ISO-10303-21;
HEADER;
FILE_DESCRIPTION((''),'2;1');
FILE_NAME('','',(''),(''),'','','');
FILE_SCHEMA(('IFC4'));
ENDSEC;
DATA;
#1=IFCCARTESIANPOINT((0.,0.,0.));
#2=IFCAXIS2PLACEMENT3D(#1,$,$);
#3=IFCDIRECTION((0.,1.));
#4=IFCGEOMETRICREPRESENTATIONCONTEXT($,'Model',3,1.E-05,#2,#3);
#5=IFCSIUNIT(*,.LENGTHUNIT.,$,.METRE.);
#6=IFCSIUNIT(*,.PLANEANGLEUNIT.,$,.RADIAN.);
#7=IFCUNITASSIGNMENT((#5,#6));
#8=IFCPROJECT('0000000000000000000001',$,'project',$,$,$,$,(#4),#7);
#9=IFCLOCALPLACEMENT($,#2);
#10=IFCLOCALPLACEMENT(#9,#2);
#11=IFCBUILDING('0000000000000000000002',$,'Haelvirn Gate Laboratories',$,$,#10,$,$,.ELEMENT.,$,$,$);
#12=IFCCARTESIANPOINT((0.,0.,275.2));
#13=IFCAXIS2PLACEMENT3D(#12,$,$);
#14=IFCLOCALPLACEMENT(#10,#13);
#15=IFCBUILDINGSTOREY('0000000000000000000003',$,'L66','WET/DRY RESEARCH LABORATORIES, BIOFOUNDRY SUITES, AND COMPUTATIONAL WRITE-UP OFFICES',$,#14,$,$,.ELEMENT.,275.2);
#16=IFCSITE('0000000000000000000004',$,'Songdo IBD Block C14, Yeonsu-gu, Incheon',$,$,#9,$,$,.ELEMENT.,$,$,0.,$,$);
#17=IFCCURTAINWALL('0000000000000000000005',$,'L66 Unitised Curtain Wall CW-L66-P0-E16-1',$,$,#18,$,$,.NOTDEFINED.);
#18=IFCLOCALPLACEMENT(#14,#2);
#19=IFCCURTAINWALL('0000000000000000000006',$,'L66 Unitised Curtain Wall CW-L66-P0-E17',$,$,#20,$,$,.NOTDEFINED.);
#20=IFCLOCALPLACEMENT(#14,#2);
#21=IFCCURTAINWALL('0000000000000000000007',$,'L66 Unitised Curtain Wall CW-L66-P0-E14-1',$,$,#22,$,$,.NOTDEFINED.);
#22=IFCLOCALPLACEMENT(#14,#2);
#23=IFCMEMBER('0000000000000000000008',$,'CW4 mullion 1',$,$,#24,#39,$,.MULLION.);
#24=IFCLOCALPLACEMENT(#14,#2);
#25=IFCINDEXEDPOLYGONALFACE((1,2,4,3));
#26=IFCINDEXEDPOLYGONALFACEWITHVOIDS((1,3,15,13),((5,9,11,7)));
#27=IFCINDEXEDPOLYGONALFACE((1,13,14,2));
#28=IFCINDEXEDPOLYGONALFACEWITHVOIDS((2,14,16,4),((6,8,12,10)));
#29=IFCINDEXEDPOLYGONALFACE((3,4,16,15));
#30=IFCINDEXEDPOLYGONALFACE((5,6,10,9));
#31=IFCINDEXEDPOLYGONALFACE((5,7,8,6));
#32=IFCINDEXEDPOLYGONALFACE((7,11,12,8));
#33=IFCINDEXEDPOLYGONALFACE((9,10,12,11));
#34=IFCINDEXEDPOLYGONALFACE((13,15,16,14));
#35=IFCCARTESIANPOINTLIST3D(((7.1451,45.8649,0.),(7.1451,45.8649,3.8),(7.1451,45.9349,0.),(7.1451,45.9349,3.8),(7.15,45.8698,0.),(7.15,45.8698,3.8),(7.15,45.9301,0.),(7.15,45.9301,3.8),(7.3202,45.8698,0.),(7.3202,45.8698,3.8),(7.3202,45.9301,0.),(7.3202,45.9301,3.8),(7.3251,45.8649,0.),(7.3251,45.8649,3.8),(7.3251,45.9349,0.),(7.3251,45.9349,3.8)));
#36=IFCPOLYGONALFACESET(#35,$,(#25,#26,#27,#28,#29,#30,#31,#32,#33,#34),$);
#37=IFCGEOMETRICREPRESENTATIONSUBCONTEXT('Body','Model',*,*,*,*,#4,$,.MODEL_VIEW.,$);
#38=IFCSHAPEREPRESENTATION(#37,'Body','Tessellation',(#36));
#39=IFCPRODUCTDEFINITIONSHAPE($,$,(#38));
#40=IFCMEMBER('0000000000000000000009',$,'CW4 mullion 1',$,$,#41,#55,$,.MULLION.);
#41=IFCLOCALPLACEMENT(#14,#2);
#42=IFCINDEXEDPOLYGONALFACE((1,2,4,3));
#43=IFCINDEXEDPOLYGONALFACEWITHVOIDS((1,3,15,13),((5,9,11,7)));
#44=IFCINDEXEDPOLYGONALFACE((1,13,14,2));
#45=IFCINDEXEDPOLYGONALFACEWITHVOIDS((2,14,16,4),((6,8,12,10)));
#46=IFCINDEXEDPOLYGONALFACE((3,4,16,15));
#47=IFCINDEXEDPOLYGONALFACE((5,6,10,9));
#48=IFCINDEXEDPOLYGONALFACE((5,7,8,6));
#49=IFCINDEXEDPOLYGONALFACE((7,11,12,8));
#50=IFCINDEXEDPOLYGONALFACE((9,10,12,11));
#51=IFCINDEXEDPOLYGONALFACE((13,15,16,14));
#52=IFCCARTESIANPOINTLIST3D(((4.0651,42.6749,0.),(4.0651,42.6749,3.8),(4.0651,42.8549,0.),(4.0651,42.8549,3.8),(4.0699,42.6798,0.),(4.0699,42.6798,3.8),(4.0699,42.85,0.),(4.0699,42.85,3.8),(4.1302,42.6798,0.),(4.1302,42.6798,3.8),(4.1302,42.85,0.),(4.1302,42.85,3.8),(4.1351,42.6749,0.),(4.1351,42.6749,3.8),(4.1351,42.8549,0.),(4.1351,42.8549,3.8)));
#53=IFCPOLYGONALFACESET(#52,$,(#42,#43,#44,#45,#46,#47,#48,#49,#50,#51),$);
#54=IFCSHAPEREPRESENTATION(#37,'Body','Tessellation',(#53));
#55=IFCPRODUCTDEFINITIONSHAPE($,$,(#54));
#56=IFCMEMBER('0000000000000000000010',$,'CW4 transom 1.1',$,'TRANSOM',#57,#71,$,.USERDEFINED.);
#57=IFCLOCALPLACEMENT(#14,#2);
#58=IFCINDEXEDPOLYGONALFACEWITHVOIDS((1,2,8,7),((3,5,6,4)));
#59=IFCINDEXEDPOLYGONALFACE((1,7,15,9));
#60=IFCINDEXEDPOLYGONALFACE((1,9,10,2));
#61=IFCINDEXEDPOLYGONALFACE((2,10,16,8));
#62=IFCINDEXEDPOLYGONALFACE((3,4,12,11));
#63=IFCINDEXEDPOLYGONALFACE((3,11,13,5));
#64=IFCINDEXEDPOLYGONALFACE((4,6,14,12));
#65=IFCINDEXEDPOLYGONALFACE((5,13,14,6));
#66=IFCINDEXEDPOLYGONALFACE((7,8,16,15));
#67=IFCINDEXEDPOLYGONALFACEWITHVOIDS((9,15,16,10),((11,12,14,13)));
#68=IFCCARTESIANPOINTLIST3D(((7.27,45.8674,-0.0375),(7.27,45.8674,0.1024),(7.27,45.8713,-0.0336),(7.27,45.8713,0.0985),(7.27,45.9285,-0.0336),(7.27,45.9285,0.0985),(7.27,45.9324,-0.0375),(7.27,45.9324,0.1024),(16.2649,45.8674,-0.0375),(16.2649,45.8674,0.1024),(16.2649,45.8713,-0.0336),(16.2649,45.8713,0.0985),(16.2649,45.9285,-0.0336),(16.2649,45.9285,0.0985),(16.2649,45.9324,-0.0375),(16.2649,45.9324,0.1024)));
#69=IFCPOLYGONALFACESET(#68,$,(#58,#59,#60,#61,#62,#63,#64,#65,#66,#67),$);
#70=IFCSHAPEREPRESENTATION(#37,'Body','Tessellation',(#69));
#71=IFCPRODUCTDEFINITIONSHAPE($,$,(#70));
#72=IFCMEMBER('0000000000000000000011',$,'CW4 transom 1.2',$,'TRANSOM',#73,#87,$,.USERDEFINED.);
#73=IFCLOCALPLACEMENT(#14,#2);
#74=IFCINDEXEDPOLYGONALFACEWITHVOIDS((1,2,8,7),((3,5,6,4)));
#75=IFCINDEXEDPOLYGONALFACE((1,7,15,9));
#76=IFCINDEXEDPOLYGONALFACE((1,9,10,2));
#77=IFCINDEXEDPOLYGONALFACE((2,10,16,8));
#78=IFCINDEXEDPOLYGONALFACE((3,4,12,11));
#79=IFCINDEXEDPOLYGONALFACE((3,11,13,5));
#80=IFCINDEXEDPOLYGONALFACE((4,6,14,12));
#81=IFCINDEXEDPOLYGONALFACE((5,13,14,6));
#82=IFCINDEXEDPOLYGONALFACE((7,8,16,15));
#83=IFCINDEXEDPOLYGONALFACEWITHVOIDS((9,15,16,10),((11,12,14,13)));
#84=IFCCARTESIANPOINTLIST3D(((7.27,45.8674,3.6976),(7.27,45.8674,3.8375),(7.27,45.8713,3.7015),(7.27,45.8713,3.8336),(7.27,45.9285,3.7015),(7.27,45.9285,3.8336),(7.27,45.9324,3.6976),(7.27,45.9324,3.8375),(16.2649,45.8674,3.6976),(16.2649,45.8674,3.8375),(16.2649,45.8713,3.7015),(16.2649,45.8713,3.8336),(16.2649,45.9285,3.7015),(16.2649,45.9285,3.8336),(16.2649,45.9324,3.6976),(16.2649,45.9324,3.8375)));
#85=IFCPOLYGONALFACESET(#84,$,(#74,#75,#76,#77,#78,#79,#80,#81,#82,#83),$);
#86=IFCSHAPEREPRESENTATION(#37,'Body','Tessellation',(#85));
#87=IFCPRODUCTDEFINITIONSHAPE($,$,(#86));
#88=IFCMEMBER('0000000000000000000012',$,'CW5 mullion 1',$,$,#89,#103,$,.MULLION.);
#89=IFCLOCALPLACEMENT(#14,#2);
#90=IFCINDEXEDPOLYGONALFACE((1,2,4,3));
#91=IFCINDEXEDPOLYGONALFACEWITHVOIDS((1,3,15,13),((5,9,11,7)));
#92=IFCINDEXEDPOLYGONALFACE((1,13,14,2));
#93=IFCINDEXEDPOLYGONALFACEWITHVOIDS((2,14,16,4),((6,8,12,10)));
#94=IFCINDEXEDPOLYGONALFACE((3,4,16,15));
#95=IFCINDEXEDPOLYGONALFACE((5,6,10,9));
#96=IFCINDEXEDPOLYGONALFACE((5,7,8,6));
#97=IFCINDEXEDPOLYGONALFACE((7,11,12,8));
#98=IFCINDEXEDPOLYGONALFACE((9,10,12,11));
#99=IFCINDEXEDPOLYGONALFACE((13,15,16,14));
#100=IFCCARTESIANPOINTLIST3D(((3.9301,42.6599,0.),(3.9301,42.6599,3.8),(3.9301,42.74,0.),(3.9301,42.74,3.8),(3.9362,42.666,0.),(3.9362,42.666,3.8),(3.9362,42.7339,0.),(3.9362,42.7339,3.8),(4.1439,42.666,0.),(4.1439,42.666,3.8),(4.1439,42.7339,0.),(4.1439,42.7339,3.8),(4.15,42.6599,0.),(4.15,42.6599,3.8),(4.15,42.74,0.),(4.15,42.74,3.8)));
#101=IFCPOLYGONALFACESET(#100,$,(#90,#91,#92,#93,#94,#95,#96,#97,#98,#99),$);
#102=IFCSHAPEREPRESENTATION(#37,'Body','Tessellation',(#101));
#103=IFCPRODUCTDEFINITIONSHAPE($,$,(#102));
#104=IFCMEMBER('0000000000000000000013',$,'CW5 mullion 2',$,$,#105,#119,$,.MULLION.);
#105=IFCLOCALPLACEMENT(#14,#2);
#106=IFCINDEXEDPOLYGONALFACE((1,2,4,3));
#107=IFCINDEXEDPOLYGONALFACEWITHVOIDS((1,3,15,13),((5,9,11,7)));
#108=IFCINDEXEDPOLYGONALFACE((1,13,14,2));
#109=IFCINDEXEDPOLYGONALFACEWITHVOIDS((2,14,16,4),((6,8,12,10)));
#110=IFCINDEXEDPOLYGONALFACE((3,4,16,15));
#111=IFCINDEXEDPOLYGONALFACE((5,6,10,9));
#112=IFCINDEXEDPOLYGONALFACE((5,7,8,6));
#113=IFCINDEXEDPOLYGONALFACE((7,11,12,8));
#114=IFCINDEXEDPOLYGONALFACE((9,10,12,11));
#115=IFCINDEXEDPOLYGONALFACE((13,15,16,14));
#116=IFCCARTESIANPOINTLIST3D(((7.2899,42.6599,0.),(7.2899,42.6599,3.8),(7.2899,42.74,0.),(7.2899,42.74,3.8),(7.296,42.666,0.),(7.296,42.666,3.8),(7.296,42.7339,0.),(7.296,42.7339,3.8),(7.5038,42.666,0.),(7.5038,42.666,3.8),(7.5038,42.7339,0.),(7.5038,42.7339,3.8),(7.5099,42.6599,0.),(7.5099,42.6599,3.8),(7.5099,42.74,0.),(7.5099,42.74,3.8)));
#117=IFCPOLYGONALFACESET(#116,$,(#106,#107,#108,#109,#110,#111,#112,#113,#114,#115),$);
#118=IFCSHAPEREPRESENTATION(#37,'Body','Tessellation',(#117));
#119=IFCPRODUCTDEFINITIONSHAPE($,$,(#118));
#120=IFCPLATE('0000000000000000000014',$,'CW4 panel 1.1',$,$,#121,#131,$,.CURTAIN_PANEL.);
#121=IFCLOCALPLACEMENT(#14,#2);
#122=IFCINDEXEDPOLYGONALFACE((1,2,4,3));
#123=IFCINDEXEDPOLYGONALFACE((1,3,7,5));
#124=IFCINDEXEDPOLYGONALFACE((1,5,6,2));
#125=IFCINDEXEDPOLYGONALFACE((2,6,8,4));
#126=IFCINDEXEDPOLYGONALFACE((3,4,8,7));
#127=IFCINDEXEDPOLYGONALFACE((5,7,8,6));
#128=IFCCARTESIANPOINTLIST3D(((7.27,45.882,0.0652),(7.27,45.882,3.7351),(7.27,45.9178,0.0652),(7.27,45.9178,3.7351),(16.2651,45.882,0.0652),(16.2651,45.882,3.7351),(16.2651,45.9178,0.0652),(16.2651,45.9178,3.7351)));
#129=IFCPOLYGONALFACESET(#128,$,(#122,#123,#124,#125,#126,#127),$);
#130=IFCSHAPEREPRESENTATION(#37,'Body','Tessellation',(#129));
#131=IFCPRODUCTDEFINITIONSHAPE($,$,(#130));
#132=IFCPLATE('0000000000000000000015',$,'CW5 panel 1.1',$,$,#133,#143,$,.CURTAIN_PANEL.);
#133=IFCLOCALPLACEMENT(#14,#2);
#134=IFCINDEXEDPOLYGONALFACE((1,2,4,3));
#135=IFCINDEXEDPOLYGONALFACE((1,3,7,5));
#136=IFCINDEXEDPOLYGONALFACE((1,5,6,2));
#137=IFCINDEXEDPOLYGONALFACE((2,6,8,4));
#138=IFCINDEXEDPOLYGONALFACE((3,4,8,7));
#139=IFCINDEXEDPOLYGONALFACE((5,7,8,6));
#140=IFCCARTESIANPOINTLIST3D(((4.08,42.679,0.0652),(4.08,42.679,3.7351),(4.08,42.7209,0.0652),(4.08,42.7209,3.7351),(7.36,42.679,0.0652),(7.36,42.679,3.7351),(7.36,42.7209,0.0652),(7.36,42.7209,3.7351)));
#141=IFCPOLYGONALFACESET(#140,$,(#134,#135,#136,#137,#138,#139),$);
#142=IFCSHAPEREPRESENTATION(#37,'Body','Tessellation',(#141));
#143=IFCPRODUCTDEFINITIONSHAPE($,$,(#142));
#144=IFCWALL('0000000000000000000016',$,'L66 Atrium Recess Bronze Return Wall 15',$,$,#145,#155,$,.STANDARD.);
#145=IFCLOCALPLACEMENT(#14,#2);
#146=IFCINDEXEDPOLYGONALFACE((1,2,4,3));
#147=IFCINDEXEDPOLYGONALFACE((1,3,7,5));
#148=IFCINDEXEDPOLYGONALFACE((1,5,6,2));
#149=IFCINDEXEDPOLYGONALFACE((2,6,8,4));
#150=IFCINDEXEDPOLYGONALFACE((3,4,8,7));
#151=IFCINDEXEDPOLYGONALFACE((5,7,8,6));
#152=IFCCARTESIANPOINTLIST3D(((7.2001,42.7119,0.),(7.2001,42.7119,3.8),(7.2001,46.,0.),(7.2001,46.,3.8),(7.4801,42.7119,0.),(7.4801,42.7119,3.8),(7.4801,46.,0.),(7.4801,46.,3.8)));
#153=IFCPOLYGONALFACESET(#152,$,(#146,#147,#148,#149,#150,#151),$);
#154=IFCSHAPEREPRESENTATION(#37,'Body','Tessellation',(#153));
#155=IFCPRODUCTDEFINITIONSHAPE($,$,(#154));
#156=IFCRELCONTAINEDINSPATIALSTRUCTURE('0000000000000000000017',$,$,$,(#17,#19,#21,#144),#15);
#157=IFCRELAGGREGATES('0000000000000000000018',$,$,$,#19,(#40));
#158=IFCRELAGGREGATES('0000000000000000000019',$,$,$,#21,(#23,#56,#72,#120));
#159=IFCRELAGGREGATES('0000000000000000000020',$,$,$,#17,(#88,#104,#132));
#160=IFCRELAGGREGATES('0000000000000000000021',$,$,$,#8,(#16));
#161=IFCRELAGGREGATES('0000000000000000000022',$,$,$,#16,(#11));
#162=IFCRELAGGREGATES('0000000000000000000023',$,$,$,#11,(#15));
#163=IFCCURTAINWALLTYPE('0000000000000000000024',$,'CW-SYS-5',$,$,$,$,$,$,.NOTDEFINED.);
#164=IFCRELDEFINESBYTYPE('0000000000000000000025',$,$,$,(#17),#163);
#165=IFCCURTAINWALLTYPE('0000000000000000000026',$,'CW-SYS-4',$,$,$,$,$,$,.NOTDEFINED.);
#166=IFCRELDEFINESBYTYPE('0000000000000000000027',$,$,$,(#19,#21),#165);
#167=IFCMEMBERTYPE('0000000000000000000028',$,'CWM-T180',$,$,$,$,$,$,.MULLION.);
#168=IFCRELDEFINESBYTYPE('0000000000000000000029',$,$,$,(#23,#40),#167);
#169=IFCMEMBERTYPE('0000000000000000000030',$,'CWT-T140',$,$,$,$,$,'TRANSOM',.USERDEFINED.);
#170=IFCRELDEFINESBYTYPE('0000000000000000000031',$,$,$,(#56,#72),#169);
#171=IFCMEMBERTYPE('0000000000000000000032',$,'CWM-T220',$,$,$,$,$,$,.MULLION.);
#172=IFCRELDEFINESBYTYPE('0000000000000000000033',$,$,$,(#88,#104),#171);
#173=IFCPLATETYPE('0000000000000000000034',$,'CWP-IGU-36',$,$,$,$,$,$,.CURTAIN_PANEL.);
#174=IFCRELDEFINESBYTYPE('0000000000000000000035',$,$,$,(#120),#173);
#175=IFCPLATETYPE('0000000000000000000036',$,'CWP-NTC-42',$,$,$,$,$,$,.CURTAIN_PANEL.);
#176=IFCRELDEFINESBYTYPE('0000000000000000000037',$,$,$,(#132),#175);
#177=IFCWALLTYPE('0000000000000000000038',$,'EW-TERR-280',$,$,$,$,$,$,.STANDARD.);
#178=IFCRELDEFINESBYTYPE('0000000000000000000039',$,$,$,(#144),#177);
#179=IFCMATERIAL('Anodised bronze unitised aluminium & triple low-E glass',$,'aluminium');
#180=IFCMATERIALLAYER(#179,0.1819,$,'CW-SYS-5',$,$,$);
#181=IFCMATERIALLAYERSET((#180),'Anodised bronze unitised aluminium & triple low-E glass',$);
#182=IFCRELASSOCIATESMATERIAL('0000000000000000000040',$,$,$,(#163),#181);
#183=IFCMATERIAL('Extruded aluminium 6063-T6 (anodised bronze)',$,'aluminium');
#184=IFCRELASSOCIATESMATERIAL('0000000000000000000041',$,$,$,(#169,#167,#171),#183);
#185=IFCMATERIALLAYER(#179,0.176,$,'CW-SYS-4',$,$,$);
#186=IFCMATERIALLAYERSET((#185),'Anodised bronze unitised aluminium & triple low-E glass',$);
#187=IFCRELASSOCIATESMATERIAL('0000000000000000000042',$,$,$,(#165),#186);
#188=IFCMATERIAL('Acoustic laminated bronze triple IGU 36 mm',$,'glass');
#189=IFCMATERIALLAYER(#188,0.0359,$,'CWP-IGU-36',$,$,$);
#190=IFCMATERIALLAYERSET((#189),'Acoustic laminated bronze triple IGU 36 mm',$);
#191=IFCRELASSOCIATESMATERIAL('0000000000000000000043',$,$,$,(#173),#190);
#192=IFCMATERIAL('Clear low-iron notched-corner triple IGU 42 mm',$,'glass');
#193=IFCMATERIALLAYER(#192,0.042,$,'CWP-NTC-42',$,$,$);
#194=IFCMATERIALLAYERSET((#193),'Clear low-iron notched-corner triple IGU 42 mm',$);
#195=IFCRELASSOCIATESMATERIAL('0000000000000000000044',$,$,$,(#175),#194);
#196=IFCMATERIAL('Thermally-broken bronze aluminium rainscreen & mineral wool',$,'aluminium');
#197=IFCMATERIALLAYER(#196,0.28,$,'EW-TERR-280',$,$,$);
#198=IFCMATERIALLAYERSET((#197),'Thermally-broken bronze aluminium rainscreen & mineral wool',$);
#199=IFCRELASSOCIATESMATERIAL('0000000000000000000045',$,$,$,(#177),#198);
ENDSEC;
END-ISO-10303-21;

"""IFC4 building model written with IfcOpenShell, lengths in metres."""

from ifc_helpers import new_model, si_unit, direction, frame, frame_2d, origin, origin_2d, place, context, subcontext, project, spatial, rectangle, hollow_rectangle, extrude, source, transform, mapped, material, layer, layer_set, material_profile, profile_set, type_object, type_shapes, element, aggregate, save


model = new_model("IFC4")

# Units and contexts
model_context = context("Model", 3, precision=1e-05, world=origin(), true_north=direction((0.0, 1.0)))
body_context = subcontext(model_context, "Body", "Model", "MODEL_VIEW")
ifc_project = project(units=[si_unit("LENGTHUNIT", "METRE"), si_unit("PLANEANGLEUNIT", "RADIAN")], contexts=[model_context])

# Site, building, storey
site_placement = place(None, origin())
site = spatial("IfcSite", under=ifc_project, at=site_placement, Name="Songdo IBD Block C14, Yeonsu-gu, Incheon", CompositionType="ELEMENT", RefElevation=0.0)
building_placement = place(site_placement, origin())
building = spatial("IfcBuilding", under=site, at=building_placement, Name="Haelvirn Gate Laboratories", CompositionType="ELEMENT")
storey_placement = place(building_placement, frame((0.0, 0.0, 275.2)))
storey = spatial("IfcBuildingStorey", under=building, at=storey_placement, Name="L66", Description="WET/DRY RESEARCH LABORATORIES, BIOFOUNDRY SUITES, AND COMPUTATIONAL WRITE-UP OFFICES", CompositionType="ELEMENT", Elevation=275.2)

# Curtain walls
ifc_material_1 = material(Name="Anodised bronze unitised aluminium & triple low-E glass", Category="aluminium")
ifc_layer_1 = layer(ifc_material_1, 0.1819, Name="CW-SYS-5")
ifc_layer_set_1 = layer_set([ifc_layer_1], Name="Anodised bronze unitised aluminium & triple low-E glass")
curtain_wall_type_1 = type_object("IfcCurtainWallType", Name="CW-SYS-5", PredefinedType="NOTDEFINED", material=ifc_layer_set_1)
curtain_wall_1_placement = place(storey_placement, origin())
curtain_wall_1 = element("IfcCurtainWall", 1, at=curtain_wall_1_placement, inside=storey, type_object=curtain_wall_type_1, Name="L66 Unitised Curtain Wall CW-L66-P0-E16-1", PredefinedType="NOTDEFINED")
ifc_material_2 = material(Name="Extruded aluminium 6063-T6 (anodised bronze)", Category="aluminium")
ifc_material_profile_1 = material_profile(ifc_material_2, hollow_rectangle(XDim=0.0649, YDim=0.1399, WallThickness=0.0039, at=origin_2d()), Name="CWT-140x65x4")
ifc_profile_set_1 = profile_set([ifc_material_profile_1], Name="Extruded aluminium 6063-T6 (anodised bronze)")
member_type_1 = type_object("IfcMemberType", Name="CWT-T140", ElementType="TRANSOM", PredefinedType="USERDEFINED", material=ifc_profile_set_1)
ifc_layer_2 = layer(ifc_material_1, 0.176, Name="CW-SYS-4")
ifc_layer_set_2 = layer_set([ifc_layer_2], Name="Anodised bronze unitised aluminium & triple low-E glass")
curtain_wall_type_2 = type_object("IfcCurtainWallType", Name="CW-SYS-4", PredefinedType="NOTDEFINED", material=ifc_layer_set_2)
curtain_wall_2_placement = place(storey_placement, origin())
curtain_wall_2 = element("IfcCurtainWall", 2, at=curtain_wall_2_placement, inside=storey, type_object=curtain_wall_type_2, Name="L66 Unitised Curtain Wall CW-L66-P0-E17", PredefinedType="NOTDEFINED")

# Curtain wall, member
curtain_wall_3_placement = place(storey_placement, origin())
curtain_wall_3 = element("IfcCurtainWall", 3, at=curtain_wall_3_placement, inside=storey, type_object=curtain_wall_type_2, Name="L66 Unitised Curtain Wall CW-L66-P0-E14-1", PredefinedType="NOTDEFINED")
ifc_material_profile_2 = material_profile(ifc_material_2, hollow_rectangle(XDim=0.0701, YDim=0.1799, WallThickness=0.0049, at=origin_2d()), Name="CWM-180x70x5")
ifc_profile_set_2 = profile_set([ifc_material_profile_2], Name="Extruded aluminium 6063-T6 (anodised bronze)")
member_type_2 = type_object("IfcMemberType", Name="CWM-T180", PredefinedType="MULLION", material=ifc_profile_set_2)
shared_shape_1 = source(origin(), body_context, "Body", "SweptSolid", [
    extrude(hollow_rectangle(XDim=0.0701, YDim=0.1799, WallThickness=0.0049, at=origin_2d()), origin(), (0.0, 0.0, 1.0), 3.8),
])
type_shapes(member_type_2, [shared_shape_1])
member_1_placement = place(storey_placement, frame((7.2351, 45.8999, 0.0), z_axis=(0.0, 0.0, 1.0), x_axis=(0.0, 1.0, 0.0)))
member_1 = element("IfcMember", 4, at=member_1_placement, type_object=member_type_2, Name="CW4 mullion 1", PredefinedType="MULLION", context=body_context, shape_type="MappedRepresentation", body=[
    mapped(shared_shape_1, transform((0.0, 0.0, 0.0), scale=1.0)),
])

# Members
member_2_placement = place(storey_placement, frame((4.1001, 42.7649, 0.0), z_axis=(0.0, 0.0, 1.0), x_axis=(1.0, 0.0, 0.0)))
member_2 = element("IfcMember", 5, at=member_2_placement, type_object=member_type_2, Name="CW4 mullion 1", PredefinedType="MULLION", context=body_context, shape_type="MappedRepresentation", body=[
    mapped(shared_shape_1, transform((0.0, 0.0, 0.0), scale=1.0)),
])
aggregate(curtain_wall_2, [member_2])
shared_shape_2 = source(origin(), body_context, "Body", "SweptSolid", [
    extrude(hollow_rectangle(XDim=0.0649, YDim=0.1399, WallThickness=0.0039, at=origin_2d()), origin(), (0.0, 0.0, 1.0), 8.9949),
])
member_3_placement = place(storey_placement, frame((7.27, 45.8999, 0.0325), z_axis=(1.0, 0.0, 0.0), x_axis=(0.0, 1.0, 0.0)))
member_3 = element("IfcMember", 6, at=member_3_placement, type_object=member_type_1, Name="CW4 transom 1.1", ObjectType="TRANSOM", PredefinedType="USERDEFINED", context=body_context, shape_type="MappedRepresentation", body=[
    mapped(shared_shape_2, transform((0.0, 0.0, 0.0), scale=1.0)),
])
member_4_placement = place(storey_placement, frame((7.27, 45.8999, 3.7676), z_axis=(1.0, 0.0, 0.0), x_axis=(0.0, 1.0, 0.0)))
member_4 = element("IfcMember", 7, at=member_4_placement, type_object=member_type_1, Name="CW4 transom 1.2", ObjectType="TRANSOM", PredefinedType="USERDEFINED", context=body_context, shape_type="MappedRepresentation", body=[
    mapped(shared_shape_2, transform((0.0, 0.0, 0.0), scale=1.0)),
])
ifc_material_profile_3 = material_profile(ifc_material_2, hollow_rectangle(XDim=0.0801, YDim=0.22, WallThickness=0.0061, at=origin_2d()), Name="CWM-220x80x6")
ifc_profile_set_3 = profile_set([ifc_material_profile_3], Name="Extruded aluminium 6063-T6 (anodised bronze)")
member_type_3 = type_object("IfcMemberType", Name="CWM-T220", PredefinedType="MULLION", material=ifc_profile_set_3)
shared_shape_3 = source(origin(), body_context, "Body", "SweptSolid", [
    extrude(hollow_rectangle(XDim=0.0801, YDim=0.22, WallThickness=0.0061, at=origin_2d()), origin(), (0.0, 0.0, 1.0), 3.8),
])
type_shapes(member_type_3, [shared_shape_3])
member_5_placement = place(storey_placement, frame((4.04, 42.7, 0.0), z_axis=(0.0, 0.0, 1.0), x_axis=(0.0, 1.0, 0.0)))
member_5 = element("IfcMember", 8, at=member_5_placement, type_object=member_type_3, Name="CW5 mullion 1", PredefinedType="MULLION", context=body_context, shape_type="MappedRepresentation", body=[
    mapped(shared_shape_3, transform((0.0, 0.0, 0.0), scale=1.0)),
])
member_6_placement = place(storey_placement, frame((7.3999, 42.7, 0.0), z_axis=(0.0, 0.0, 1.0), x_axis=(0.0, 1.0, 0.0)))
member_6 = element("IfcMember", 9, at=member_6_placement, type_object=member_type_3, Name="CW5 mullion 2", PredefinedType="MULLION", context=body_context, shape_type="MappedRepresentation", body=[
    mapped(shared_shape_3, transform((0.0, 0.0, 0.0), scale=1.0)),
])

# Plates
ifc_material_3 = material(Name="Acoustic laminated bronze triple IGU 36 mm", Category="glass")
ifc_layer_3 = layer(ifc_material_3, 0.0359, Name="CWP-IGU-36")
ifc_layer_set_3 = layer_set([ifc_layer_3], Name="Acoustic laminated bronze triple IGU 36 mm")
plate_type_1 = type_object("IfcPlateType", Name="CWP-IGU-36", PredefinedType="CURTAIN_PANEL", material=ifc_layer_set_3)
shared_shape_4 = source(origin(), body_context, "Body", "SweptSolid", [
    extrude(rectangle(XDim=8.9951, YDim=0.0359, at=origin_2d()), origin(), (0.0, 0.0, 1.0), 3.6699),
])
type_shapes(plate_type_1, [shared_shape_4])
plate_1_placement = place(storey_placement, frame((11.7676, 45.8999, 0.0652), z_axis=(0.0, 0.0, 1.0), x_axis=(1.0, 0.0, 0.0)))
plate_1 = element("IfcPlate", 10, at=plate_1_placement, type_object=plate_type_1, Name="CW4 panel 1.1", PredefinedType="CURTAIN_PANEL", context=body_context, shape_type="MappedRepresentation", body=[
    mapped(shared_shape_4, transform((0.0, 0.0, 0.0), scale=1.0)),
])
aggregate(curtain_wall_3, [member_1, member_3, member_4, plate_1])
ifc_material_4 = material(Name="Clear low-iron notched-corner triple IGU 42 mm", Category="glass")
ifc_layer_4 = layer(ifc_material_4, 0.042, Name="CWP-NTC-42")
ifc_layer_set_4 = layer_set([ifc_layer_4], Name="Clear low-iron notched-corner triple IGU 42 mm")
plate_type_2 = type_object("IfcPlateType", Name="CWP-NTC-42", PredefinedType="CURTAIN_PANEL", material=ifc_layer_set_4)
shared_shape_5 = source(origin(), body_context, "Body", "SweptSolid", [
    extrude(rectangle(XDim=3.28, YDim=0.042, at=origin_2d()), origin(), (0.0, 0.0, 1.0), 3.6699),
])
type_shapes(plate_type_2, [shared_shape_5])
plate_2_placement = place(storey_placement, frame((5.72, 42.7, 0.0652), z_axis=(0.0, 0.0, 1.0), x_axis=(1.0, 0.0, 0.0)))
plate_2 = element("IfcPlate", 11, at=plate_2_placement, type_object=plate_type_2, Name="CW5 panel 1.1", PredefinedType="CURTAIN_PANEL", context=body_context, shape_type="MappedRepresentation", body=[
    mapped(shared_shape_5, transform((0.0, 0.0, 0.0), scale=1.0)),
])
aggregate(curtain_wall_1, [member_5, member_6, plate_2])

# Wall
ifc_material_5 = material(Name="Thermally-broken bronze aluminium rainscreen & mineral wool", Category="aluminium")
ifc_layer_5 = layer(ifc_material_5, 0.28, Name="EW-TERR-280")
ifc_layer_set_5 = layer_set([ifc_layer_5], Name="Thermally-broken bronze aluminium rainscreen & mineral wool")
wall_type_1 = type_object("IfcWallType", Name="EW-TERR-280", PredefinedType="STANDARD", material=ifc_layer_set_5)
wall_1_placement = place(storey_placement, frame((7.3401, 46.0, 0.0), z_axis=(0.0, 0.0, 1.0), x_axis=(0.0, -1.0, 0.0)))
element("IfcWall", 12, at=wall_1_placement, inside=storey, type_object=wall_type_1, Name="L66 Atrium Recess Bronze Return Wall 15", PredefinedType="STANDARD", context=body_context, shape_type="SweptSolid", body=[
    extrude(rectangle(XDim=3.2881, YDim=0.28, at=frame_2d((1.644, 0.0))), origin(), (0.0, 0.0, 1.0), 3.8),
])

save(model, "model.ifc")
